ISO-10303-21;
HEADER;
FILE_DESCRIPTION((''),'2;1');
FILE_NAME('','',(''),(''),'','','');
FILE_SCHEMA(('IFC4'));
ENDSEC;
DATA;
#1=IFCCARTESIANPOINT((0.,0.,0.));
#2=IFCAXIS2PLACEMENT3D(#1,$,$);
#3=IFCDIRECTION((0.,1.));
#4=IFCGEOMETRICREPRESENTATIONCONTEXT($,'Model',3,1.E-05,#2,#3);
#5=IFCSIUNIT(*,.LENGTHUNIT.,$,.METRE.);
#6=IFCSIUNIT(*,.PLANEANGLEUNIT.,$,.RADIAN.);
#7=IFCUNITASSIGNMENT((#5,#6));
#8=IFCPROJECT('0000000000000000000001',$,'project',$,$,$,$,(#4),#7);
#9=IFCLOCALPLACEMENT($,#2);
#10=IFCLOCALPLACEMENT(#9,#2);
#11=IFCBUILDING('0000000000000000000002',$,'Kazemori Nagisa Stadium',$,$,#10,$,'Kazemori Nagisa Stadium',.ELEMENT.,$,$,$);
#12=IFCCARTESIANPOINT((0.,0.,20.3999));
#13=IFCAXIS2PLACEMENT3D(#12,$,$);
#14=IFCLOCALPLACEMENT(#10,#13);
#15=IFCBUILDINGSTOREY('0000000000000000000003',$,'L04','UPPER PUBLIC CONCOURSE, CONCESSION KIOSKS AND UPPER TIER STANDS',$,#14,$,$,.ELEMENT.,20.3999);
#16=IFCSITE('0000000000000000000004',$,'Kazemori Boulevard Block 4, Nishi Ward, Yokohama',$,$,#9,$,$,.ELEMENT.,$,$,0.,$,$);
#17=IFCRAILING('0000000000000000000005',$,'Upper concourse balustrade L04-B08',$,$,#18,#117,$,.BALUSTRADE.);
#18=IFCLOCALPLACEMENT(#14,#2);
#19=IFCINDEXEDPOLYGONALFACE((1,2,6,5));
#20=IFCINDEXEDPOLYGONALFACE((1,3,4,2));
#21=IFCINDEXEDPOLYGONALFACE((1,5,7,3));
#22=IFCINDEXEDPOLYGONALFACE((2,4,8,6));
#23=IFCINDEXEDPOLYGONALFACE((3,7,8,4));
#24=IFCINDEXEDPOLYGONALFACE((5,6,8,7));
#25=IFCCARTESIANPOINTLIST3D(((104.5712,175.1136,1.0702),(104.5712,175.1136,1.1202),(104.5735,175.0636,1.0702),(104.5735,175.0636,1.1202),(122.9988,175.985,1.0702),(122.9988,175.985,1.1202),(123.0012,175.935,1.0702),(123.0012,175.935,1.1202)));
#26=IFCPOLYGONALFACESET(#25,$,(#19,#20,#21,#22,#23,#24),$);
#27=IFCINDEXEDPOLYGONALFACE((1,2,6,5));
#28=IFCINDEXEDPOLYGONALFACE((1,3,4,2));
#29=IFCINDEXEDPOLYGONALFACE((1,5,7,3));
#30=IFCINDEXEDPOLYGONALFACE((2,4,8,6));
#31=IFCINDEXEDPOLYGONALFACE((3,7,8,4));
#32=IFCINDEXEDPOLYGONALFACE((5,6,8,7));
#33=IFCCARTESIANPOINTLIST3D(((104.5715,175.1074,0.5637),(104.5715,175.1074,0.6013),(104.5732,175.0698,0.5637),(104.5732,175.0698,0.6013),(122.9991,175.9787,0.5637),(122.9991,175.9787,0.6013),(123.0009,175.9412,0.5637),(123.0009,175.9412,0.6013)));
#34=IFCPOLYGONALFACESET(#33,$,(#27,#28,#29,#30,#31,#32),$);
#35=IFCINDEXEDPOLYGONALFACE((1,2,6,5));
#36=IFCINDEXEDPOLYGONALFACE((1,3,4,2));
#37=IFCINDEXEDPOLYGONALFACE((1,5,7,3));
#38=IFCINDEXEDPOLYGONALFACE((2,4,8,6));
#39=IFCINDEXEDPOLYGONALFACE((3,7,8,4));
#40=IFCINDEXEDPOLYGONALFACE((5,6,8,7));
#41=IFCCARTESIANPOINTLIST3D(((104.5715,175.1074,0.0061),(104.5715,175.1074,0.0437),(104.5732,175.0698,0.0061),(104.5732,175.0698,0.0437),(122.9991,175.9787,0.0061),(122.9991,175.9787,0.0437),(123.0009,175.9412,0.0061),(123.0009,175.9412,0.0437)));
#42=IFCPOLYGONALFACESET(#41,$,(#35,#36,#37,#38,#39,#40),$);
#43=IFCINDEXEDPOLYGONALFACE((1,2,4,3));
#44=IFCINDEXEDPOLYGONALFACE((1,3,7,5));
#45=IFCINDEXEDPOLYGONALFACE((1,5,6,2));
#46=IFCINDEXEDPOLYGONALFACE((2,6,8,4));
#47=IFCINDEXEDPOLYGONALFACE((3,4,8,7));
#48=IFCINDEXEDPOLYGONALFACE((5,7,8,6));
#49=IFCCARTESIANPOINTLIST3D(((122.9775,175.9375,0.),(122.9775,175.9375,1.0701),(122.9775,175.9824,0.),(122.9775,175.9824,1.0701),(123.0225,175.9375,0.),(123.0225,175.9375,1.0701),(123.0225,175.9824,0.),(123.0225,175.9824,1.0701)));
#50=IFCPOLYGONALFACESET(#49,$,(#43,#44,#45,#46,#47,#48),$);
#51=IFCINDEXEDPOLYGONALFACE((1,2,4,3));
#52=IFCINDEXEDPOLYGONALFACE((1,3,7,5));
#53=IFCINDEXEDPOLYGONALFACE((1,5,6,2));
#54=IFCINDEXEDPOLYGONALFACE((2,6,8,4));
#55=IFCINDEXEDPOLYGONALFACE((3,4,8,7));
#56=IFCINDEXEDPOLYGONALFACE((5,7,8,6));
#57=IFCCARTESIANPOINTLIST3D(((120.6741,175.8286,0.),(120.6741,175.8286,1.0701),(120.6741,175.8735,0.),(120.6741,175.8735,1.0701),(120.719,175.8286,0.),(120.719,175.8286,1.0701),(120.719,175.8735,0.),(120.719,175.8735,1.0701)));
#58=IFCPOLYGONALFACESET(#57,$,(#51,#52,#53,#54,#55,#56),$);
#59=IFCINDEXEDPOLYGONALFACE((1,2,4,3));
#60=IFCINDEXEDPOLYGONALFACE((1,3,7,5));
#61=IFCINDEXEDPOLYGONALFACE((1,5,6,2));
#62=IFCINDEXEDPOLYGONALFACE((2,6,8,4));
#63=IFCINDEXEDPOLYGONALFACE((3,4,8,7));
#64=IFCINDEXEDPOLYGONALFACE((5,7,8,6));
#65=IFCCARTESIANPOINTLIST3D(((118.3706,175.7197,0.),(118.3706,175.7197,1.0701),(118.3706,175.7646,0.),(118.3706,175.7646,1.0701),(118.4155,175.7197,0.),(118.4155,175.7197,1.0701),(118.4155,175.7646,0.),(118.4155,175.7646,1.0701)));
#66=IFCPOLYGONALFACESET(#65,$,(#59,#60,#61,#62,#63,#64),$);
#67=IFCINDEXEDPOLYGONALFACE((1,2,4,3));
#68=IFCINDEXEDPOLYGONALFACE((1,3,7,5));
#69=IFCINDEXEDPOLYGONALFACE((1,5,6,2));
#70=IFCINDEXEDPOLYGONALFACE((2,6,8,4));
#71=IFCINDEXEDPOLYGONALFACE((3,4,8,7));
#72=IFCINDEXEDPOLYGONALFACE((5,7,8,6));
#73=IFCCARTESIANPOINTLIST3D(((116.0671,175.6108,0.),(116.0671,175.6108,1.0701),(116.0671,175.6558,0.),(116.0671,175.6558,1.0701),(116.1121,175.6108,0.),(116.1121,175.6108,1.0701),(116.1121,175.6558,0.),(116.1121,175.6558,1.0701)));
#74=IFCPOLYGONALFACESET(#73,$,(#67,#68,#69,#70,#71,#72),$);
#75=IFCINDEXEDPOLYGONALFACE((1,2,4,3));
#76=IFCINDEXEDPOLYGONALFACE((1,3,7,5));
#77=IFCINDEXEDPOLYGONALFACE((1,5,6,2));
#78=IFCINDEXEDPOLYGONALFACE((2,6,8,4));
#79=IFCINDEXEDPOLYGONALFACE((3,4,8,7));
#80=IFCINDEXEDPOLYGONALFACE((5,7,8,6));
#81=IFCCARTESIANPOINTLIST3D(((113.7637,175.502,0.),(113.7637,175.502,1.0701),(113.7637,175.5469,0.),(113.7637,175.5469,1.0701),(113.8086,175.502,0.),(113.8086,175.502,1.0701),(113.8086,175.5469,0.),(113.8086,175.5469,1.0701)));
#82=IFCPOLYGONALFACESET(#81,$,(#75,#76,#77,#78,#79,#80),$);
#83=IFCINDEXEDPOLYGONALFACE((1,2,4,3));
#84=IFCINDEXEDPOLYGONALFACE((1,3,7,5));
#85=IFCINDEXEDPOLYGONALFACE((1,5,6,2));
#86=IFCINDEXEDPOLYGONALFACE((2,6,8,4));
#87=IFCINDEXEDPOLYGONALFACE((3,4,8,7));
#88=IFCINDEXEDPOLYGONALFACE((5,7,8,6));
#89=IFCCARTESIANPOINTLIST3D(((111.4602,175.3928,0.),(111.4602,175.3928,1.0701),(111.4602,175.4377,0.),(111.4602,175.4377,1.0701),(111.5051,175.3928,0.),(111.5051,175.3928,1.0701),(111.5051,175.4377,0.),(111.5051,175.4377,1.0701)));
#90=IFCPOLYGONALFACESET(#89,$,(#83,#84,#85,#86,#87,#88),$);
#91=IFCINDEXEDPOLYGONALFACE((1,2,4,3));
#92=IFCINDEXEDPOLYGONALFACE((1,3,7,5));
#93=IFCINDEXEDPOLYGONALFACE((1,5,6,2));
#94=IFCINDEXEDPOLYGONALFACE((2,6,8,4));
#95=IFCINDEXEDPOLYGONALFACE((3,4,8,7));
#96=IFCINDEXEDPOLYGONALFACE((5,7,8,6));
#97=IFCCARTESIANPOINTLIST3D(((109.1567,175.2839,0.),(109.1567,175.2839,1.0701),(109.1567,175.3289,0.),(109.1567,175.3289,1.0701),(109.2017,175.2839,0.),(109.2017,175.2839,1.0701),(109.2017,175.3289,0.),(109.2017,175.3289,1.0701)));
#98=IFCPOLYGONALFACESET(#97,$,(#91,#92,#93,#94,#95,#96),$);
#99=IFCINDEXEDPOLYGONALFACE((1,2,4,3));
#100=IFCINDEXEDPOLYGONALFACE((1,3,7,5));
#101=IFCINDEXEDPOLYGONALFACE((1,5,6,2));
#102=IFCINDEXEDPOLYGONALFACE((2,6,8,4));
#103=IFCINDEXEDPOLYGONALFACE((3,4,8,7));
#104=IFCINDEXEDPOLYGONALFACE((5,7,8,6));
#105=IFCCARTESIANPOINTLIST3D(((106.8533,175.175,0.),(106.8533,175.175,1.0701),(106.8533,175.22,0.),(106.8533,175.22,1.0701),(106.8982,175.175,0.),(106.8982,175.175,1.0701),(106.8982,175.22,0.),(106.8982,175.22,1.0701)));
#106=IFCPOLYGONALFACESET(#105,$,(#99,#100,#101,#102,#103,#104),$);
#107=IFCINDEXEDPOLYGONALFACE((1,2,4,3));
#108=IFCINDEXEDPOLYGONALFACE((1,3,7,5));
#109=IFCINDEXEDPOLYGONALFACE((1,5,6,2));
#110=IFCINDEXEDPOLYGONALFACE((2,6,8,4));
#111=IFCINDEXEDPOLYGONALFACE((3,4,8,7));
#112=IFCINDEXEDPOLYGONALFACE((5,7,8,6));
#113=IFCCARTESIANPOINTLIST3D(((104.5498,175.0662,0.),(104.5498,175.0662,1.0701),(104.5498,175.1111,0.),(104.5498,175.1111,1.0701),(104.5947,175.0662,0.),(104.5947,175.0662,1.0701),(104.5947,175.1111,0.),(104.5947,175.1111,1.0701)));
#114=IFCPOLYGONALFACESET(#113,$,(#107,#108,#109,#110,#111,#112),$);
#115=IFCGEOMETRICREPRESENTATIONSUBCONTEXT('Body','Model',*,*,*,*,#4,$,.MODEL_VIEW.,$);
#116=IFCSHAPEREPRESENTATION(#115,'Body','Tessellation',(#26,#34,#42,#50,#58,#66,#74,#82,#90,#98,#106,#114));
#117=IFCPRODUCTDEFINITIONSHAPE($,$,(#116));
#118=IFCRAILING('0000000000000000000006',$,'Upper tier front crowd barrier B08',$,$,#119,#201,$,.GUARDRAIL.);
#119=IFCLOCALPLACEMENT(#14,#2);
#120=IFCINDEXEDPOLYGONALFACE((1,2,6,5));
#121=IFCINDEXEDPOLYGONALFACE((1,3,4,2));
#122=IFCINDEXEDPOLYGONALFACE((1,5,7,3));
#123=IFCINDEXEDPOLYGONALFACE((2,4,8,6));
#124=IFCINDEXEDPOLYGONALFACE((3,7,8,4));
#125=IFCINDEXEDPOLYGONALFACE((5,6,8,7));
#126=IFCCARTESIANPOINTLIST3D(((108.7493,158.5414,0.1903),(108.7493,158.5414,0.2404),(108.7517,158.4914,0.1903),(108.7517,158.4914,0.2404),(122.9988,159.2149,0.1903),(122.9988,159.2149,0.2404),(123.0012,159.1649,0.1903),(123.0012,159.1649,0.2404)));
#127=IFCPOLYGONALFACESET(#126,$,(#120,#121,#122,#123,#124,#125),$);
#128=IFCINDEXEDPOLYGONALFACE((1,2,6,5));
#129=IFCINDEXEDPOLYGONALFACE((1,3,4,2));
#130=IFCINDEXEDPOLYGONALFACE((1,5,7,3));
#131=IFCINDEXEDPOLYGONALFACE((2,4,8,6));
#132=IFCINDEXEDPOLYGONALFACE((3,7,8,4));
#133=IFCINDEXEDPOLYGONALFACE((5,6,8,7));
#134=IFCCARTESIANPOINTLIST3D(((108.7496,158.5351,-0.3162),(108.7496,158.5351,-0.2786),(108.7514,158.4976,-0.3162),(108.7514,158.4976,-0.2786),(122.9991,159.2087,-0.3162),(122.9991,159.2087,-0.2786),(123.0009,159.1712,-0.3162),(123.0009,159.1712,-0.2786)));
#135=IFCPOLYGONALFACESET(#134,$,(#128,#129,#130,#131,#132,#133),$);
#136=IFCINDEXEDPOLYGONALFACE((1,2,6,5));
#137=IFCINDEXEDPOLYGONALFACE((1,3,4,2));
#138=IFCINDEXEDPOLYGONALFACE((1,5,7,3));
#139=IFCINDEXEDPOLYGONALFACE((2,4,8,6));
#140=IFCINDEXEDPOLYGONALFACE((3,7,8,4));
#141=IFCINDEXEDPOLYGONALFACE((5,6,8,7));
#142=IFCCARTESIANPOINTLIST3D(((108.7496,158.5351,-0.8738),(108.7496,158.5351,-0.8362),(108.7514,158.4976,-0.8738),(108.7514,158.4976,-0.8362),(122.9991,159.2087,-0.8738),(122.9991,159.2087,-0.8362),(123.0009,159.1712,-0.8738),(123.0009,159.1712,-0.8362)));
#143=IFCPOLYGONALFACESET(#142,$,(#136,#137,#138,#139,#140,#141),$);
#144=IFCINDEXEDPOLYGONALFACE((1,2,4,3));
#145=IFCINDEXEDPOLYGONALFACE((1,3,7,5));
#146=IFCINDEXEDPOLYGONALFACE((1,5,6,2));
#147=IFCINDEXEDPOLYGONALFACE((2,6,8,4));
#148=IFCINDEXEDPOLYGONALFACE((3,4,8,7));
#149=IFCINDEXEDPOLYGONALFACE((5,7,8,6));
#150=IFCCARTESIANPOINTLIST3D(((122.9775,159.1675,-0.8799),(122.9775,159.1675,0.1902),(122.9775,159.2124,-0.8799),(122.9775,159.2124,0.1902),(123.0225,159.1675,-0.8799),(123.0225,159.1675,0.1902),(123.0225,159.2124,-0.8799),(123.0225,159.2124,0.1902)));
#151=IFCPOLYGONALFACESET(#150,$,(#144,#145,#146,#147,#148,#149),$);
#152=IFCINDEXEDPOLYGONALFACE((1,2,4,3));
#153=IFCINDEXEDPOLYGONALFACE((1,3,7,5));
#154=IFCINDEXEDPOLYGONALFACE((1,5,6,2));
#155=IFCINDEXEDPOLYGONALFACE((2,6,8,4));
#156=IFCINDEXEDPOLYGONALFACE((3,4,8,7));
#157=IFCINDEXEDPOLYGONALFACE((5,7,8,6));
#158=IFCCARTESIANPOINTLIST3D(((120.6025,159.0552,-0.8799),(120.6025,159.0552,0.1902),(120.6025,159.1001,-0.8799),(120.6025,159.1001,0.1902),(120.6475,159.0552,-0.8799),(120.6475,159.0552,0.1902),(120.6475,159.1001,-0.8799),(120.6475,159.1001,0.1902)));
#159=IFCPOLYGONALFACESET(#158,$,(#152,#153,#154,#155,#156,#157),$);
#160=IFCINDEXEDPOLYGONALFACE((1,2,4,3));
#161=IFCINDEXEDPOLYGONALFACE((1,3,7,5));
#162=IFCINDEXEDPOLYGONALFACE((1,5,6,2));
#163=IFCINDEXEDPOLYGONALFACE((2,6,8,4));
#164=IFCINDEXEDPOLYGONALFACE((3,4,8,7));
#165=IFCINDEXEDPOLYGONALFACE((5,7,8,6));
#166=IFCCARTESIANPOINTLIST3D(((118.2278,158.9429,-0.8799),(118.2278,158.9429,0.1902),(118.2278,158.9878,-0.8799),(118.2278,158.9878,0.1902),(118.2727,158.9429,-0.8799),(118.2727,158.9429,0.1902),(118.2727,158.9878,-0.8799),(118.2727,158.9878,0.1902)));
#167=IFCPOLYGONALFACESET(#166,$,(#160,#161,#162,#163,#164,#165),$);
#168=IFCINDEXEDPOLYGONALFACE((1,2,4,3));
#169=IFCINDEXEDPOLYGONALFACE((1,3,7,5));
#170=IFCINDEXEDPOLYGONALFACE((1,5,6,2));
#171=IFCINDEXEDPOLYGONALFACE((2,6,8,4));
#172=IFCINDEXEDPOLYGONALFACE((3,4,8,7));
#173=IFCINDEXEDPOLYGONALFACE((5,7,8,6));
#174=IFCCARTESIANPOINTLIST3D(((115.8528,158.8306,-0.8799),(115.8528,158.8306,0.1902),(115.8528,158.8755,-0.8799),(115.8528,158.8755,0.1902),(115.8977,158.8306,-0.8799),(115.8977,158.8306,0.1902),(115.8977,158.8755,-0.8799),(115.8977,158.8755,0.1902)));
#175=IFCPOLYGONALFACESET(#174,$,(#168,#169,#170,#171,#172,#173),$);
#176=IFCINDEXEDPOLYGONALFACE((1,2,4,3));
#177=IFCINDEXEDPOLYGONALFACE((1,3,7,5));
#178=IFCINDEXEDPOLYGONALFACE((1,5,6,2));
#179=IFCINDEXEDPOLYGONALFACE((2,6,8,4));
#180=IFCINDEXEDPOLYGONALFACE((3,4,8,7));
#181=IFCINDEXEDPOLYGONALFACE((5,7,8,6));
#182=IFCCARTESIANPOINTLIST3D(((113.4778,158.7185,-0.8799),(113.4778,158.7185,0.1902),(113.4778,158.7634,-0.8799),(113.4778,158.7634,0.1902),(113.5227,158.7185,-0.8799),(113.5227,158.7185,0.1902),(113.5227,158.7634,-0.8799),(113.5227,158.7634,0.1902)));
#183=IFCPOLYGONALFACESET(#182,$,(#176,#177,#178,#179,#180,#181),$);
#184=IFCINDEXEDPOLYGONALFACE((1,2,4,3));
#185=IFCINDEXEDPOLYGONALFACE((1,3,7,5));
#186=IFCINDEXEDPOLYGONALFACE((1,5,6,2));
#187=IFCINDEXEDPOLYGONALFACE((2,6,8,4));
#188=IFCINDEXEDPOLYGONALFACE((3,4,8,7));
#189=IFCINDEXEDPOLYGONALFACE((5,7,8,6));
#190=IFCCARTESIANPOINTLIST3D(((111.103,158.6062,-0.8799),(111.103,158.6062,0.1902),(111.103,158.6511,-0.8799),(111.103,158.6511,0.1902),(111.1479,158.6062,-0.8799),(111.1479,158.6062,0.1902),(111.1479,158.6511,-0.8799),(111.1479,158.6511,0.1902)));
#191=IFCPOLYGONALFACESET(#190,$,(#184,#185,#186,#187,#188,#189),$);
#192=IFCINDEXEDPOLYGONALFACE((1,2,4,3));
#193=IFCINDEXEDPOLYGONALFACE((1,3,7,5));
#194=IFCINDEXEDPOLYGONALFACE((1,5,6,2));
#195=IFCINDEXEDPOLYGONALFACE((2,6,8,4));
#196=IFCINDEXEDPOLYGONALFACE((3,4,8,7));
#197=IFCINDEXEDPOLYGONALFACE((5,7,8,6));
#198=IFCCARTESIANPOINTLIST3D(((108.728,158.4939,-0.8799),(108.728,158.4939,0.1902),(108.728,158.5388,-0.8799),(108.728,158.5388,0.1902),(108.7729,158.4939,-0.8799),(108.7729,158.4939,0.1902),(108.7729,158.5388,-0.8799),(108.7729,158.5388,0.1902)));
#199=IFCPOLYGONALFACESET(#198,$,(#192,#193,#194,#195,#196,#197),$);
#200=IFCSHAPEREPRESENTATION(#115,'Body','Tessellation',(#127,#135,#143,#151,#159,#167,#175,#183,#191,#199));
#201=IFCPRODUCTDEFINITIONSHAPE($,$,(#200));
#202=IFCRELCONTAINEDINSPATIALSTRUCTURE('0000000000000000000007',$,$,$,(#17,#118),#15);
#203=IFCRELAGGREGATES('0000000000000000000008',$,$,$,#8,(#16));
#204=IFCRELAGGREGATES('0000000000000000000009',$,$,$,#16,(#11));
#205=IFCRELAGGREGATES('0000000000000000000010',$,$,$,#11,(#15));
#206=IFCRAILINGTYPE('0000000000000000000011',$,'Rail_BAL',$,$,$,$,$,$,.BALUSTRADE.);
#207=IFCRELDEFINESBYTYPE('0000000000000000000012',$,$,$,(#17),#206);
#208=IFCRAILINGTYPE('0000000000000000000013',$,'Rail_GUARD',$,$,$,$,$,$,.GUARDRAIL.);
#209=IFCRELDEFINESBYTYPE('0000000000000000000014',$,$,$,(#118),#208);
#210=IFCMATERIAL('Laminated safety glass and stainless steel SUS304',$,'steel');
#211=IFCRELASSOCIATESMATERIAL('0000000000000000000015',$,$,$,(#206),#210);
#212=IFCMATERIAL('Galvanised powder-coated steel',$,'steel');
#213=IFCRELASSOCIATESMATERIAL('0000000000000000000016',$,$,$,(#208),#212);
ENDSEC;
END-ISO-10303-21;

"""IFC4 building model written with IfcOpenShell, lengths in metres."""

from ifc_helpers import new_model, si_unit, direction, frame, origin, origin_2d, place, context, subcontext, project, spatial, rectangle, extrude, material, type_object, element, save


model = new_model("IFC4")

# Units and contexts
model_context = context("Model", 3, precision=1e-05, world=origin(), true_north=direction((0.0, 1.0)))
body_context = subcontext(model_context, "Body", "Model", "MODEL_VIEW")
ifc_project = project(units=[si_unit("LENGTHUNIT", "METRE"), si_unit("PLANEANGLEUNIT", "RADIAN")], contexts=[model_context])

# Site, building, storey
site_placement = place(None, origin())
site = spatial("IfcSite", under=ifc_project, at=site_placement, Name="Kazemori Boulevard Block 4, Nishi Ward, Yokohama", CompositionType="ELEMENT", RefElevation=0.0)
building_placement = place(site_placement, origin())
building = spatial("IfcBuilding", under=site, at=building_placement, Name="Kazemori Nagisa Stadium", LongName="Kazemori Nagisa Stadium", CompositionType="ELEMENT")
storey_placement = place(building_placement, frame((0.0, 0.0, 20.3999)))
storey = spatial("IfcBuildingStorey", under=building, at=storey_placement, Name="L04", Description="UPPER PUBLIC CONCOURSE, CONCESSION KIOSKS AND UPPER TIER STANDS", CompositionType="ELEMENT", Elevation=20.3999)

# Railings
ifc_material_1 = material(Name="Laminated safety glass and stainless steel SUS304", Category="steel")
railing_type_1 = type_object("IfcRailingType", Name="Rail_BAL", PredefinedType="BALUSTRADE", material=ifc_material_1)
railing_1_placement = place(storey_placement, frame((123.0, 175.96, 0.0)))
element("IfcRailing", 1, at=railing_1_placement, inside=storey, type_object=railing_type_1, Name="Upper concourse balustrade L04-B08", PredefinedType="BALUSTRADE", context=body_context, shape_type="SweptSolid", body=[
    extrude(rectangle(XDim=0.05, YDim=0.05, at=origin_2d()), frame((0.0, 0.0, 1.0952), z_axis=(-0.998884, -0.047231, 0.0), x_axis=(0.047231, -0.998884, 0.0)), (0.0, 0.0, 1.0), 18.4482),
    extrude(rectangle(XDim=0.0376, YDim=0.0376, at=origin_2d()), frame((0.0, 0.0, 0.5825), z_axis=(-0.998884, -0.047231, 0.0), x_axis=(0.047231, -0.998884, 0.0)), (0.0, 0.0, 1.0), 18.4482),
    extrude(rectangle(XDim=0.0376, YDim=0.0376, at=origin_2d()), frame((0.0, 0.0, 0.0249), z_axis=(-0.998884, -0.047231, 0.0), x_axis=(0.047231, -0.998884, 0.0)), (0.0, 0.0, 1.0), 18.4482),
    extrude(rectangle(XDim=0.0449, YDim=0.0449, at=origin_2d()), origin(), (0.0, 0.0, 1.0), 1.0701),
    extrude(rectangle(XDim=0.0449, YDim=0.0449, at=origin_2d()), frame((-2.3035, -0.1089, 0.0)), (0.0, 0.0, 1.0), 1.0701),
    extrude(rectangle(XDim=0.0449, YDim=0.0449, at=origin_2d()), frame((-4.6069, -0.2178, 0.0)), (0.0, 0.0, 1.0), 1.0701),
    extrude(rectangle(XDim=0.0449, YDim=0.0449, at=origin_2d()), frame((-6.9104, -0.3267, 0.0)), (0.0, 0.0, 1.0), 1.0701),
    extrude(rectangle(XDim=0.0449, YDim=0.0449, at=origin_2d()), frame((-9.2139, -0.4355, 0.0)), (0.0, 0.0, 1.0), 1.0701),
    extrude(rectangle(XDim=0.0449, YDim=0.0449, at=origin_2d()), frame((-11.5173, -0.5447, 0.0)), (0.0, 0.0, 1.0), 1.0701),
    extrude(rectangle(XDim=0.0449, YDim=0.0449, at=origin_2d()), frame((-13.8208, -0.6536, 0.0)), (0.0, 0.0, 1.0), 1.0701),
    extrude(rectangle(XDim=0.0449, YDim=0.0449, at=origin_2d()), frame((-16.1243, -0.7625, 0.0)), (0.0, 0.0, 1.0), 1.0701),
    extrude(rectangle(XDim=0.0449, YDim=0.0449, at=origin_2d()), frame((-18.4277, -0.8713, 0.0)), (0.0, 0.0, 1.0), 1.0701),
])
ifc_material_2 = material(Name="Galvanised powder-coated steel", Category="steel")
railing_type_2 = type_object("IfcRailingType", Name="Rail_GUARD", PredefinedType="GUARDRAIL", material=ifc_material_2)
railing_2_placement = place(storey_placement, frame((123.0, 159.1899, -0.8799)))
element("IfcRailing", 2, at=railing_2_placement, inside=storey, type_object=railing_type_2, Name="Upper tier front crowd barrier B08", PredefinedType="GUARDRAIL", context=body_context, shape_type="SweptSolid", body=[
    extrude(rectangle(XDim=0.05, YDim=0.05, at=origin_2d()), frame((0.0, 0.0, 1.0952), z_axis=(-0.998885, -0.047218, 0.0), x_axis=(0.047218, -0.998885, 0.0)), (0.0, 0.0, 1.0), 14.2654),
    extrude(rectangle(XDim=0.0376, YDim=0.0376, at=origin_2d()), frame((0.0, 0.0, 0.5825), z_axis=(-0.998885, -0.047218, 0.0), x_axis=(0.047218, -0.998885, 0.0)), (0.0, 0.0, 1.0), 14.2654),
    extrude(rectangle(XDim=0.0376, YDim=0.0376, at=origin_2d()), frame((0.0, 0.0, 0.0249), z_axis=(-0.998885, -0.047218, 0.0), x_axis=(0.047218, -0.998885, 0.0)), (0.0, 0.0, 1.0), 14.2654),
    extrude(rectangle(XDim=0.0449, YDim=0.0449, at=origin_2d()), origin(), (0.0, 0.0, 1.0), 1.0701),
    extrude(rectangle(XDim=0.0449, YDim=0.0449, at=origin_2d()), frame((-2.375, -0.1123, 0.0)), (0.0, 0.0, 1.0), 1.0701),
    extrude(rectangle(XDim=0.0449, YDim=0.0449, at=origin_2d()), frame((-4.7498, -0.2246, 0.0)), (0.0, 0.0, 1.0), 1.0701),
    extrude(rectangle(XDim=0.0449, YDim=0.0449, at=origin_2d()), frame((-7.1248, -0.3369, 0.0)), (0.0, 0.0, 1.0), 1.0701),
    extrude(rectangle(XDim=0.0449, YDim=0.0449, at=origin_2d()), frame((-9.4998, -0.449, 0.0)), (0.0, 0.0, 1.0), 1.0701),
    extrude(rectangle(XDim=0.0449, YDim=0.0449, at=origin_2d()), frame((-11.8745, -0.5613, 0.0)), (0.0, 0.0, 1.0), 1.0701),
    extrude(rectangle(XDim=0.0449, YDim=0.0449, at=origin_2d()), frame((-14.2495, -0.6736, 0.0)), (0.0, 0.0, 1.0), 1.0701),
])

save(model, "model.ifc")
